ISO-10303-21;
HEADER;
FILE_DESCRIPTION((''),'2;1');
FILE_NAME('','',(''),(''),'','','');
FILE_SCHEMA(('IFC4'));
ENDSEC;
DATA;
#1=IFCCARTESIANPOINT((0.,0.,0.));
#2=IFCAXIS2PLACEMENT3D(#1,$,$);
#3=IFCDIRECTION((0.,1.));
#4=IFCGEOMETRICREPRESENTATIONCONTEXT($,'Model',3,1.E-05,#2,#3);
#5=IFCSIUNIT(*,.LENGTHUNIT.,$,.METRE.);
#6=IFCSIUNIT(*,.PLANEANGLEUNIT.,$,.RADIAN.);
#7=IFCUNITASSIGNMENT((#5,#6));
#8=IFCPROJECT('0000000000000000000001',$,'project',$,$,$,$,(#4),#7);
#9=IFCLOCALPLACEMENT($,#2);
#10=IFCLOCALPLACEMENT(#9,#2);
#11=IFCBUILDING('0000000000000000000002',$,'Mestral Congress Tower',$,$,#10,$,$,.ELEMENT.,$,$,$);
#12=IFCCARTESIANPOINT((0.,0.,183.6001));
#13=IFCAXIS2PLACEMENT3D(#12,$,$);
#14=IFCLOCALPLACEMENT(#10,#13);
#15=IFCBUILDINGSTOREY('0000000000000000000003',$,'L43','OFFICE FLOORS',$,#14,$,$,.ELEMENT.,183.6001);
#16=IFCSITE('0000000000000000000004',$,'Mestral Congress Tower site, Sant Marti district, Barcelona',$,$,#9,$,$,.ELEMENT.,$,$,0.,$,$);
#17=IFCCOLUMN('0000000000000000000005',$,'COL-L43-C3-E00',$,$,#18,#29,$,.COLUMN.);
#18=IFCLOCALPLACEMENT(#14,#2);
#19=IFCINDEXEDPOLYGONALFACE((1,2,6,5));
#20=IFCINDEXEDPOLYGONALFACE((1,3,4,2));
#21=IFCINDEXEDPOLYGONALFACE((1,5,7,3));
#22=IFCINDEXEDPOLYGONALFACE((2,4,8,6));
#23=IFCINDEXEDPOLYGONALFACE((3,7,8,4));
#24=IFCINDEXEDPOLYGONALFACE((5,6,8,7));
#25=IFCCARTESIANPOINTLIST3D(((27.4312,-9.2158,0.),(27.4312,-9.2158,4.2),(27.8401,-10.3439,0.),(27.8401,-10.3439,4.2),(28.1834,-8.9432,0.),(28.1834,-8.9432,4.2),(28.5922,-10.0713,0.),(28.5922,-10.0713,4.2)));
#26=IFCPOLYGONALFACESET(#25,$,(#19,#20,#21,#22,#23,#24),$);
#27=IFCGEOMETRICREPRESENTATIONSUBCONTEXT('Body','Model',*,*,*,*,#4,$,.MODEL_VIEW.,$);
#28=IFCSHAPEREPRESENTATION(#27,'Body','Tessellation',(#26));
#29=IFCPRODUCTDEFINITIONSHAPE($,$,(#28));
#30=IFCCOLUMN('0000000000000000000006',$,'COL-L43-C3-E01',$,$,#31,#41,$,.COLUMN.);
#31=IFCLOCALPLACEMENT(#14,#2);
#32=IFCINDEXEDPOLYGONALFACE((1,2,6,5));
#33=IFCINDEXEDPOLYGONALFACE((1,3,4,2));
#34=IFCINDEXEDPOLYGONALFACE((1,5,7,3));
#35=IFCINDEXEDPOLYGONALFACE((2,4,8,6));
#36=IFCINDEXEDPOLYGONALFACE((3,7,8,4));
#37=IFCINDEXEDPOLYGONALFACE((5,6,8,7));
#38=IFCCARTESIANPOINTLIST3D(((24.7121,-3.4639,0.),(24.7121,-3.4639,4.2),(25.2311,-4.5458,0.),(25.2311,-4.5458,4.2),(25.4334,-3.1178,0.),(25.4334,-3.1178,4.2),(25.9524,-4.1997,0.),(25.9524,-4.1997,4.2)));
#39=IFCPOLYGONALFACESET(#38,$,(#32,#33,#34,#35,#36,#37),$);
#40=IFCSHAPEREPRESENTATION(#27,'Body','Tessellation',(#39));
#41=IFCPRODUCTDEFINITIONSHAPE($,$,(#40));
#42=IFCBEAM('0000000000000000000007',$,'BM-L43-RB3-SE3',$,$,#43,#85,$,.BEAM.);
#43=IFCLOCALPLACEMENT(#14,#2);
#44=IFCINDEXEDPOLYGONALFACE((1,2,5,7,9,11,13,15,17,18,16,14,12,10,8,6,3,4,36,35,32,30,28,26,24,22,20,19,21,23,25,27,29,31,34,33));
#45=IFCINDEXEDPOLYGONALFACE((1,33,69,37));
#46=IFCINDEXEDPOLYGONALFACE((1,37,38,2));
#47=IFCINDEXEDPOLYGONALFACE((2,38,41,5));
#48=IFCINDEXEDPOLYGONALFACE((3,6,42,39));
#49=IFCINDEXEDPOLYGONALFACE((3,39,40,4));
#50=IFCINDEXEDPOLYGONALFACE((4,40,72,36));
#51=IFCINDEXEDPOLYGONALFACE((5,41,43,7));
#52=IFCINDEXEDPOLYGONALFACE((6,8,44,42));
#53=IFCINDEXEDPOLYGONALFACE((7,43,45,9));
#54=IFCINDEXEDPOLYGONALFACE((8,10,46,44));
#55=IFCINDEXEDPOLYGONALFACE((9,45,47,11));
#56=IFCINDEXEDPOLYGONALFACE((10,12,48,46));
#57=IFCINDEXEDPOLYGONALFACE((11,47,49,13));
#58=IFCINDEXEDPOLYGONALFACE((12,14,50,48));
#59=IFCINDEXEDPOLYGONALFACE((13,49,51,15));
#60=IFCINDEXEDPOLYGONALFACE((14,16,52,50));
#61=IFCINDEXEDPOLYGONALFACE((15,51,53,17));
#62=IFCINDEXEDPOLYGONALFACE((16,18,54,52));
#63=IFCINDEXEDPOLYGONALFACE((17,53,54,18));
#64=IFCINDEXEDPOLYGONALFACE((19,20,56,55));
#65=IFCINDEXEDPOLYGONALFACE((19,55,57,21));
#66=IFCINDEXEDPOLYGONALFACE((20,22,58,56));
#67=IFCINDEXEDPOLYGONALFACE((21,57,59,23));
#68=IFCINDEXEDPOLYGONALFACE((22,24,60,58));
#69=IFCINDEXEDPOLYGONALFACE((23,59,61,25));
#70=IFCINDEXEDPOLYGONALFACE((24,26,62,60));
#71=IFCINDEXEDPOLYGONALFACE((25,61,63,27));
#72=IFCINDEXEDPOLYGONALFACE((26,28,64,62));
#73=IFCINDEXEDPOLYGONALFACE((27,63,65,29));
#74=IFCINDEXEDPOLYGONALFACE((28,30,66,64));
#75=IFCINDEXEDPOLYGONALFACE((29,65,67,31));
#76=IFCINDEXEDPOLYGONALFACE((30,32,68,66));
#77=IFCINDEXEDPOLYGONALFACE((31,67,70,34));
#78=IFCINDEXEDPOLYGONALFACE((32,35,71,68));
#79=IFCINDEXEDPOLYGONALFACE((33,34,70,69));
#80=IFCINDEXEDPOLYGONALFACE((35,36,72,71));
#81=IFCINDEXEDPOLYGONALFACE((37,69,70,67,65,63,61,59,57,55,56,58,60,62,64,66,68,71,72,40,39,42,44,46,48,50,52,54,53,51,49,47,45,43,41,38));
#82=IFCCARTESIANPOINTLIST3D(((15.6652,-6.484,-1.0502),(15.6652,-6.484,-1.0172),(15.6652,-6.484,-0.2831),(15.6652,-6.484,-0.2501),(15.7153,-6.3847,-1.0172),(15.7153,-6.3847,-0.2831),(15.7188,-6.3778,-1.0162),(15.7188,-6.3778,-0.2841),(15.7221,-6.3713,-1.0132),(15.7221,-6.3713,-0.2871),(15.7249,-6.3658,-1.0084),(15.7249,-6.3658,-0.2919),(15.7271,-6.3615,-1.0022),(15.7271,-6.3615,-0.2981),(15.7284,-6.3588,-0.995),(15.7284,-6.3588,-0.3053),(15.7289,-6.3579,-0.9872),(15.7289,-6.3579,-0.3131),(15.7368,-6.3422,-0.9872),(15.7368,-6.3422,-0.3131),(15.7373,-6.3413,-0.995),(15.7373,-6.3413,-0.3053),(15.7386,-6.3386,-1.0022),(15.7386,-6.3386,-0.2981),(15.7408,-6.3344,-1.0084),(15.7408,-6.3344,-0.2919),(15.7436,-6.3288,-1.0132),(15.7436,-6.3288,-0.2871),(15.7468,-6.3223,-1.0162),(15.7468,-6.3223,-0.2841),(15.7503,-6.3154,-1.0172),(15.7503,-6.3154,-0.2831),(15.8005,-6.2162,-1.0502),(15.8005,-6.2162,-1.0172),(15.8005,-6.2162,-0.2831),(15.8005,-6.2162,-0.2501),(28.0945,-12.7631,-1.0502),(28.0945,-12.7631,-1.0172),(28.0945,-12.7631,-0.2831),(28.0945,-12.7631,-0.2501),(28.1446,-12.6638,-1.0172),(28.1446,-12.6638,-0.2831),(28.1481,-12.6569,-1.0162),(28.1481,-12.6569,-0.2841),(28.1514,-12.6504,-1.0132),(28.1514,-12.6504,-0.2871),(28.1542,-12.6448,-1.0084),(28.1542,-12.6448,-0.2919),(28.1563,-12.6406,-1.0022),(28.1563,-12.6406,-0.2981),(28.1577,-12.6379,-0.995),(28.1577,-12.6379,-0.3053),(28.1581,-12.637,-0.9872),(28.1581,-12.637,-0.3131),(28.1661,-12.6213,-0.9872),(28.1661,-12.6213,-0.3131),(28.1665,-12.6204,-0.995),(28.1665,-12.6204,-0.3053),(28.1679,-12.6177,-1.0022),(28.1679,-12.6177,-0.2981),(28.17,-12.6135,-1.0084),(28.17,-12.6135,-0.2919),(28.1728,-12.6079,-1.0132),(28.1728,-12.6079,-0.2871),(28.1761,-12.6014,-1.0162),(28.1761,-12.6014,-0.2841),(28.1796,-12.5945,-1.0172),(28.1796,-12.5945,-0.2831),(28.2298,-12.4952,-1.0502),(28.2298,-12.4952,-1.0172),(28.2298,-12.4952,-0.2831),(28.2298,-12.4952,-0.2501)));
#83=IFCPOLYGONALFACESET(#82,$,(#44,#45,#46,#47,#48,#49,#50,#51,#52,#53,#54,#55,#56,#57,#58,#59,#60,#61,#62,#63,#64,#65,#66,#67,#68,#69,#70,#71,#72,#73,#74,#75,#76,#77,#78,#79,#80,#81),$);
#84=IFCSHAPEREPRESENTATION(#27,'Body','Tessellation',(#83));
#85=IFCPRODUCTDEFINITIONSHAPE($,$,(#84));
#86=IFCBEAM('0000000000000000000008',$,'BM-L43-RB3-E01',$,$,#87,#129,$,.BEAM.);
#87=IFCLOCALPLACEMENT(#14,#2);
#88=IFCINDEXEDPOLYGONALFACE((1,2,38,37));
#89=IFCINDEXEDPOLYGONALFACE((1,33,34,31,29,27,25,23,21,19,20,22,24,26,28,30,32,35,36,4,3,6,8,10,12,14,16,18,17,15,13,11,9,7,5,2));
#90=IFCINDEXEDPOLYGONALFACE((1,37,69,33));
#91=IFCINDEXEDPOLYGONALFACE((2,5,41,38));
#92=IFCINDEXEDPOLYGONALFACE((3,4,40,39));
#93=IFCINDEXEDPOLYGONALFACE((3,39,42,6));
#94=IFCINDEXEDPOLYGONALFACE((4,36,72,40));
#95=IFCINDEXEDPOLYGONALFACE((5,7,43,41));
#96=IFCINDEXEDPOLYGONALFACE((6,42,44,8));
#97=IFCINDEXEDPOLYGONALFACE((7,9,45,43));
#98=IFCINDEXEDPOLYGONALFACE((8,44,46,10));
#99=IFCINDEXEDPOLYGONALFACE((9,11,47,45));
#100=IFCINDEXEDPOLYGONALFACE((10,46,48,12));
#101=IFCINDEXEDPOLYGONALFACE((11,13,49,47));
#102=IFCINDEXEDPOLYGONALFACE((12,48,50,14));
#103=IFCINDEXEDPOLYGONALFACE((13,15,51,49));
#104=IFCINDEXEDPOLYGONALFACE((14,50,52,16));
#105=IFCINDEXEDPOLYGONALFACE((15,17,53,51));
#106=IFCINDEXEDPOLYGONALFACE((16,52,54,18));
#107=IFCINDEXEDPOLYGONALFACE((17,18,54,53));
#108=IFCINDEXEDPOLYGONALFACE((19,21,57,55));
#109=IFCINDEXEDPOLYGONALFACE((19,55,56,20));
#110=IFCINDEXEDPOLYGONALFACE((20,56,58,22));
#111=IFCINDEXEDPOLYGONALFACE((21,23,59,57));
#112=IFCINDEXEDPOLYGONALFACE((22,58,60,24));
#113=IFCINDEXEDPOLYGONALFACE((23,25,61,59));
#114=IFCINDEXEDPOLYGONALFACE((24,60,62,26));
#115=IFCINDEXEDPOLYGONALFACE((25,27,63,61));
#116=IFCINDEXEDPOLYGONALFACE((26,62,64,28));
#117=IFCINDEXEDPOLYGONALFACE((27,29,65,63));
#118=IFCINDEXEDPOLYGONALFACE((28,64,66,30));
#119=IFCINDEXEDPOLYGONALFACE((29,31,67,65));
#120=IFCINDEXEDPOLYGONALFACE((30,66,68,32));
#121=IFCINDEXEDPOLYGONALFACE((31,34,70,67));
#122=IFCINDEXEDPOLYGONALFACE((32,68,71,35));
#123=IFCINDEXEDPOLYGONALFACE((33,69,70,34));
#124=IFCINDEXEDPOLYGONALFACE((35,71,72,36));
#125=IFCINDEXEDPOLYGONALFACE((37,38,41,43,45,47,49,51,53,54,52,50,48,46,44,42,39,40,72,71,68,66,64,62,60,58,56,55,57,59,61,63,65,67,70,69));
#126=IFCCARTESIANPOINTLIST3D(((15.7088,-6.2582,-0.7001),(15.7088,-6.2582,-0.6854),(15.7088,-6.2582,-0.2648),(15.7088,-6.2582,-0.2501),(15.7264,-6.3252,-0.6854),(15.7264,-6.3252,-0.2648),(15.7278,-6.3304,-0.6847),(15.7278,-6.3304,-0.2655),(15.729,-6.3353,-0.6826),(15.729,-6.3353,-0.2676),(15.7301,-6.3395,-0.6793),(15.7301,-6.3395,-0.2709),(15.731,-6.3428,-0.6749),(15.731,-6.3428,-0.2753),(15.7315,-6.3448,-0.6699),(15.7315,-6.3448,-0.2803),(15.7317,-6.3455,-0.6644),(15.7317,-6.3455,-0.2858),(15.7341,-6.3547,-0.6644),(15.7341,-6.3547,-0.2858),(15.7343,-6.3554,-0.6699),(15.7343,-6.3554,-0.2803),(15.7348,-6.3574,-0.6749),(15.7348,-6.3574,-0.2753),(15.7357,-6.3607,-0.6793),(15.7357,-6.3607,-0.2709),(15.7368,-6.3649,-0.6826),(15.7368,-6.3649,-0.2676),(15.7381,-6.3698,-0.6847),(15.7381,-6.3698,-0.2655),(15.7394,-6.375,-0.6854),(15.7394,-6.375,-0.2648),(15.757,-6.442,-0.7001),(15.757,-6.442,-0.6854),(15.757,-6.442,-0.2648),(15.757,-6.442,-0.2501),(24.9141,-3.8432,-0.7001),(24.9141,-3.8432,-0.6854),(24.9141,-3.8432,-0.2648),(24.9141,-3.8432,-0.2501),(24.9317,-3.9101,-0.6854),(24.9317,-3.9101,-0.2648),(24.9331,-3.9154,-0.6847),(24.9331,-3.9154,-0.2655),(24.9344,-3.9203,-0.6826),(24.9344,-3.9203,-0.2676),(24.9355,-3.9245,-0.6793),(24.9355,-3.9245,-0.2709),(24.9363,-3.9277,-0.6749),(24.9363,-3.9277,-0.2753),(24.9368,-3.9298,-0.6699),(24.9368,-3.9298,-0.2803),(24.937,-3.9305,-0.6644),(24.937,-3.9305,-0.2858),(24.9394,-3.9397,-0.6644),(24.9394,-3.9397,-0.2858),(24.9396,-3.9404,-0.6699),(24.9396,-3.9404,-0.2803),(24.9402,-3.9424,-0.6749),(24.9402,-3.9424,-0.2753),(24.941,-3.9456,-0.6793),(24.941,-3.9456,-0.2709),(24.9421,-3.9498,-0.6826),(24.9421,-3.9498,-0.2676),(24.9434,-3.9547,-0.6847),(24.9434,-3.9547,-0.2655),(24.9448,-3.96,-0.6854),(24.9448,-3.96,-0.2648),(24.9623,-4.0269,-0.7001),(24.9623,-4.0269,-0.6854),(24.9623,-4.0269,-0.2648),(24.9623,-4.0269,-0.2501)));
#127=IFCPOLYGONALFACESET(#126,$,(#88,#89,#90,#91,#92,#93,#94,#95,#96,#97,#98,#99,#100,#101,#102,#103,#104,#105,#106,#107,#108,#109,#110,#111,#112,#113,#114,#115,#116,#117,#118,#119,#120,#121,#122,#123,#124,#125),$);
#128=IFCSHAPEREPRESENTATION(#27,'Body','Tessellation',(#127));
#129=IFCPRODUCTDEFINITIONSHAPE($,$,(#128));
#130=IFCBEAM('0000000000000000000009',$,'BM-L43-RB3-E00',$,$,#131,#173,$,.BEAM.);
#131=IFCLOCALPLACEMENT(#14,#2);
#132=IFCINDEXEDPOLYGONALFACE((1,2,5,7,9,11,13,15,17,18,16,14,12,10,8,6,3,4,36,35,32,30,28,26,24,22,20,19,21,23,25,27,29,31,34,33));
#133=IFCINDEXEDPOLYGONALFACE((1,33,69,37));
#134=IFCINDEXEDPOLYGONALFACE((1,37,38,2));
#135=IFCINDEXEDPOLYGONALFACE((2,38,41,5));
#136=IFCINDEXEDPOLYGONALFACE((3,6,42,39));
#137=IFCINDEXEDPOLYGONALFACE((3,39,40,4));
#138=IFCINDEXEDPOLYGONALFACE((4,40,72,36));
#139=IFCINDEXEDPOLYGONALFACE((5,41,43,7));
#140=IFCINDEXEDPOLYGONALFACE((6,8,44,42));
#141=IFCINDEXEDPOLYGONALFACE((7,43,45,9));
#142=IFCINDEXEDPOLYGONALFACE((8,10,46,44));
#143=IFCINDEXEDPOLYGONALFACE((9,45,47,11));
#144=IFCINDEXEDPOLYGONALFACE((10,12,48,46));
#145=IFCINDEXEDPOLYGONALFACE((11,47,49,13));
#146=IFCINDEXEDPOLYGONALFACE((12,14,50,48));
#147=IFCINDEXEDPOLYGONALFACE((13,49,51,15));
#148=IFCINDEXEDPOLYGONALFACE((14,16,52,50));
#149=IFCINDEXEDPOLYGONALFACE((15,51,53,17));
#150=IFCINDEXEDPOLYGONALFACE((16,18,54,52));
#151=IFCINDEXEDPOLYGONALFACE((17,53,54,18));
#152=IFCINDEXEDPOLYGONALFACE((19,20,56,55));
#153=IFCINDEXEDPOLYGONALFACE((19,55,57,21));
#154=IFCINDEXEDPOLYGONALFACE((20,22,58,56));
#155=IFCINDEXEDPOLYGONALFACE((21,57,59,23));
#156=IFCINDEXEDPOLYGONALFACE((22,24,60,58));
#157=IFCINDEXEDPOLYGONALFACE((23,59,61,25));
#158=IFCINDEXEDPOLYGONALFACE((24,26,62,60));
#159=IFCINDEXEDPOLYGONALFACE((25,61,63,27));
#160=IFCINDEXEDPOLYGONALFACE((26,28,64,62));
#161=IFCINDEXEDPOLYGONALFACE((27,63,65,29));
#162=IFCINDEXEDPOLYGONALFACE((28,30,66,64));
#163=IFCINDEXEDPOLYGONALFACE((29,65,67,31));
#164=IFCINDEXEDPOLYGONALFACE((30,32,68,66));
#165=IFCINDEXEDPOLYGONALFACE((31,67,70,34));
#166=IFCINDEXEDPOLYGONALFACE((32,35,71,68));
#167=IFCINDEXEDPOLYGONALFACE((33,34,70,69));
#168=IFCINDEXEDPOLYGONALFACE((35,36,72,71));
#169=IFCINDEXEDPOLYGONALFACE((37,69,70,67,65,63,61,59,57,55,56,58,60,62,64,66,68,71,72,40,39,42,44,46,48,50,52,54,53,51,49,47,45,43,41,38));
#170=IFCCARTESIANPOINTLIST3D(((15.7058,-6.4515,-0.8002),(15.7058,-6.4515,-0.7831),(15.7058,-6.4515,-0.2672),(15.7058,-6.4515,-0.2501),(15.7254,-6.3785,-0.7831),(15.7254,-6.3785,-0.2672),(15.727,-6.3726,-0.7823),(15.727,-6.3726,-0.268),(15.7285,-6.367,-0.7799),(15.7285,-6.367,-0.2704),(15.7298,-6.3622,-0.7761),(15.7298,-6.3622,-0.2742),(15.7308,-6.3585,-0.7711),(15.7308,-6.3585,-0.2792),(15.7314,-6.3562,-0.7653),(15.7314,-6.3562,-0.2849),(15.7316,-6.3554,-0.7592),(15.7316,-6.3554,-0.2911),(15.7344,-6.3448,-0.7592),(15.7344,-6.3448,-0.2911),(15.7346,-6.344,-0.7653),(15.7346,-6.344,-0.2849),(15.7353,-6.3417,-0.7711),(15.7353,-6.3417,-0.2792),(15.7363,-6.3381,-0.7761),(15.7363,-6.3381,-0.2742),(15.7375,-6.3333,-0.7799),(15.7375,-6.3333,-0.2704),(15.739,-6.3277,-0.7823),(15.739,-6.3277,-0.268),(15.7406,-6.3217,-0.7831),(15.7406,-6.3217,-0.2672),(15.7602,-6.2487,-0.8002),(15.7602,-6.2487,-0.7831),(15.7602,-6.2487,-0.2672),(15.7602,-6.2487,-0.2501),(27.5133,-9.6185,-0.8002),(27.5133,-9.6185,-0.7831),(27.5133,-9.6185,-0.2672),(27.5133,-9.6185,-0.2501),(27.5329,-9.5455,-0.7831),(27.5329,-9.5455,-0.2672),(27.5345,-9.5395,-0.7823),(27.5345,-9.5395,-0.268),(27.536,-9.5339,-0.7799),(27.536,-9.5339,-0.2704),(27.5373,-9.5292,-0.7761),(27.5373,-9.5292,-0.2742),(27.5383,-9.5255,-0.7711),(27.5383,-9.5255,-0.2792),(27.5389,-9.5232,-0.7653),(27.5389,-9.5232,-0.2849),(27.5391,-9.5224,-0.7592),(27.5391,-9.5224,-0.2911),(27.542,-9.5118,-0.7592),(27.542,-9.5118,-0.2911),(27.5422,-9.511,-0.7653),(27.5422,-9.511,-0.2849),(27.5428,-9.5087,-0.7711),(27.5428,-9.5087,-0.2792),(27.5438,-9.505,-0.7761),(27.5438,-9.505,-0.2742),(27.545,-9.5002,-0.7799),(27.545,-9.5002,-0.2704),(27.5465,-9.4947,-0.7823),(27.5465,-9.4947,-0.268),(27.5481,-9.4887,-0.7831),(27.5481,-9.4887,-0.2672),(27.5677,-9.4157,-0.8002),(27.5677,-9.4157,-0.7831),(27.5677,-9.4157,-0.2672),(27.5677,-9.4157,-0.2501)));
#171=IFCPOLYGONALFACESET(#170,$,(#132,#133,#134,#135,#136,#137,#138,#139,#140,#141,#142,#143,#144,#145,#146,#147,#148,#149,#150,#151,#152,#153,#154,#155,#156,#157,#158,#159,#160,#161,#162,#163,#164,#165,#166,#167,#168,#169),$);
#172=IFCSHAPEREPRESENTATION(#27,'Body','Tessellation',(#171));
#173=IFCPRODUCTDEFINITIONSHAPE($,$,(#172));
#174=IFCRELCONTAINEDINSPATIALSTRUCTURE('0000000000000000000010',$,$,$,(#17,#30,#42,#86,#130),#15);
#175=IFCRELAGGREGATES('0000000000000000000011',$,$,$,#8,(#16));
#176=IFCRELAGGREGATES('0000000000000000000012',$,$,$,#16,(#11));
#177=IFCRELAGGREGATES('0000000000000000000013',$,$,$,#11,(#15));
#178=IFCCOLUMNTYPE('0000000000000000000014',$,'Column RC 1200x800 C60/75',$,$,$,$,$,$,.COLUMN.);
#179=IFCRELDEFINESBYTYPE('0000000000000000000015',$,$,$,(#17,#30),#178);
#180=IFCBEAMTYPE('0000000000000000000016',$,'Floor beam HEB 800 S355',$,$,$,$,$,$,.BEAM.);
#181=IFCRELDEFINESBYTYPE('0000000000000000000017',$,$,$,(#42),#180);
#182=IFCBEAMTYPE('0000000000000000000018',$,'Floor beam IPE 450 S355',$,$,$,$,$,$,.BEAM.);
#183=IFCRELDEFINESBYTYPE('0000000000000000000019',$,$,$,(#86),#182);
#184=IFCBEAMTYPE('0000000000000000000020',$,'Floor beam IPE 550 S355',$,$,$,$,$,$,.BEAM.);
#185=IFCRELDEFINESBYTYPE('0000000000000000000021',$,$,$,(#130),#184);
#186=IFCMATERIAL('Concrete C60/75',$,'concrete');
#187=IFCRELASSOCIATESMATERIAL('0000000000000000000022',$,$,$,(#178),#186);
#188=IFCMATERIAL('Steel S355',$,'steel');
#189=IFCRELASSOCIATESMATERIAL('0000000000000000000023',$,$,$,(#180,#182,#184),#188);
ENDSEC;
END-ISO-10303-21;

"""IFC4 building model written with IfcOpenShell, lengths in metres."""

from ifc_helpers import new_model, si_unit, direction, frame, origin, origin_2d, place, context, subcontext, project, spatial, rectangle, i_section, extrude, material, material_profile, profile_set, type_object, element, save


model = new_model("IFC4")

# Units and contexts
model_context = context("Model", 3, precision=1e-05, world=origin(), true_north=direction((0.0, 1.0)))
body_context = subcontext(model_context, "Body", "Model", "MODEL_VIEW")
ifc_project = project(units=[si_unit("LENGTHUNIT", "METRE"), si_unit("PLANEANGLEUNIT", "RADIAN")], contexts=[model_context])

# Site, building, storey
site_placement = place(None, origin())
site = spatial("IfcSite", under=ifc_project, at=site_placement, Name="Mestral Congress Tower site, Sant Marti district, Barcelona", CompositionType="ELEMENT", RefElevation=0.0)
building_placement = place(site_placement, origin())
building = spatial("IfcBuilding", under=site, at=building_placement, Name="Mestral Congress Tower", CompositionType="ELEMENT")
storey_placement = place(building_placement, frame((0.0, 0.0, 183.6001)))
storey = spatial("IfcBuildingStorey", under=building, at=storey_placement, Name="L43", Description="OFFICE FLOORS", CompositionType="ELEMENT", Elevation=183.6001)

# Columns
ifc_material_1 = material(Name="Concrete C60/75", Category="concrete")
ifc_material_profile_1 = material_profile(ifc_material_1, rectangle(XDim=1.2, YDim=0.8, at=origin_2d()), Name="RC 1200x800")
ifc_profile_set_1 = profile_set([ifc_material_profile_1], Name="Concrete C60/75")
column_type = type_object("IfcColumnType", Name="Column RC 1200x800 C60/75", PredefinedType="COLUMN", material=ifc_profile_set_1)
for number, where, z_axis, x_axis, name in (
    (1, (28.0117, -9.6436, 0.0), (0.0, 0.0, 1.0), (-0.340744, 0.940156, 0.0), "COL-L43-C3-E00"),
    (2, (25.3323, -3.8318, 0.0), (0.0, 0.0, 1.0), (-0.432522, 0.901624, 0.0), "COL-L43-C3-E01"),
):
    element("IfcColumn", number, at=place(storey_placement, frame(where, z_axis=z_axis, x_axis=x_axis)), inside=storey, type_object=column_type, Name=name, PredefinedType="COLUMN", context=body_context, shape_type="SweptSolid", body=[
        extrude(rectangle(XDim=1.2, YDim=0.8, at=origin_2d()), origin(), (0.0, 0.0, 1.0), 4.2),
    ])

# Beams
ifc_material_2 = material(Name="Steel S355", Category="steel")
ifc_material_profile_2 = material_profile(ifc_material_2, i_section(OverallWidth=0.3, OverallDepth=0.8, WebThickness=0.0176, FlangeThickness=0.033, FilletRadius=0.03, at=origin_2d()), Name="HEB 800")
ifc_profile_set_2 = profile_set([ifc_material_profile_2], Name="Steel S355")
beam_type_1 = type_object("IfcBeamType", Name="Floor beam HEB 800 S355", PredefinedType="BEAM", material=ifc_profile_set_2)
beam_1_placement = place(storey_placement, frame((28.1621, -12.6292, -0.6501), z_axis=(-0.892568, 0.450913, 0.0), x_axis=(-0.450913, -0.892568, 0.0)))
element("IfcBeam", 3, at=beam_1_placement, inside=storey, type_object=beam_type_1, Name="BM-L43-RB3-SE3", PredefinedType="BEAM", context=body_context, shape_type="SweptSolid", body=[
    extrude(i_section(OverallWidth=0.3, OverallDepth=0.8, WebThickness=0.0176, FlangeThickness=0.033, FilletRadius=0.03, at=origin_2d()), origin(), (0.0, 0.0, 1.0), 13.9253),
])
ifc_material_profile_3 = material_profile(ifc_material_2, i_section(OverallWidth=0.1899, OverallDepth=0.45, WebThickness=0.0095, FlangeThickness=0.0146, FilletRadius=0.021, at=origin_2d()), Name="IPE 450")
ifc_profile_set_3 = profile_set([ifc_material_profile_3], Name="Steel S355")
beam_type_2 = type_object("IfcBeamType", Name="Floor beam IPE 450 S355", PredefinedType="BEAM", material=ifc_profile_set_3)
beam_2_placement = place(storey_placement, frame((24.9382, -3.9351, -0.4751), z_axis=(-0.967266, -0.253765, 0.0), x_axis=(0.253765, -0.967266, 0.0)))
element("IfcBeam", 4, at=beam_2_placement, inside=storey, type_object=beam_type_2, Name="BM-L43-RB3-E01", PredefinedType="BEAM", context=body_context, shape_type="SweptSolid", body=[
    extrude(i_section(OverallWidth=0.1899, OverallDepth=0.45, WebThickness=0.0095, FlangeThickness=0.0146, FilletRadius=0.021, at=origin_2d()), origin(), (0.0, 0.0, 1.0), 9.5168),
])
ifc_material_profile_4 = material_profile(ifc_material_2, i_section(OverallWidth=0.21, OverallDepth=0.55, WebThickness=0.011, FlangeThickness=0.0171, FilletRadius=0.0239, at=origin_2d()), Name="IPE 550")
ifc_profile_set_4 = profile_set([ifc_material_profile_4], Name="Steel S355")
beam_type_3 = type_object("IfcBeamType", Name="Floor beam IPE 550 S355", PredefinedType="BEAM", material=ifc_profile_set_4)
beam_3_placement = place(storey_placement, frame((27.5405, -9.5171, -0.5251), z_axis=(-0.965861, 0.259059, 0.0), x_axis=(-0.259059, -0.965861, 0.0)))
element("IfcBeam", 5, at=beam_3_placement, inside=storey, type_object=beam_type_3, Name="BM-L43-RB3-E00", PredefinedType="BEAM", context=body_context, shape_type="SweptSolid", body=[
    extrude(i_section(OverallWidth=0.21, OverallDepth=0.55, WebThickness=0.011, FlangeThickness=0.0171, FilletRadius=0.0239, at=origin_2d()), origin(), (0.0, 0.0, 1.0), 12.2249),
])

save(model, "model.ifc")
